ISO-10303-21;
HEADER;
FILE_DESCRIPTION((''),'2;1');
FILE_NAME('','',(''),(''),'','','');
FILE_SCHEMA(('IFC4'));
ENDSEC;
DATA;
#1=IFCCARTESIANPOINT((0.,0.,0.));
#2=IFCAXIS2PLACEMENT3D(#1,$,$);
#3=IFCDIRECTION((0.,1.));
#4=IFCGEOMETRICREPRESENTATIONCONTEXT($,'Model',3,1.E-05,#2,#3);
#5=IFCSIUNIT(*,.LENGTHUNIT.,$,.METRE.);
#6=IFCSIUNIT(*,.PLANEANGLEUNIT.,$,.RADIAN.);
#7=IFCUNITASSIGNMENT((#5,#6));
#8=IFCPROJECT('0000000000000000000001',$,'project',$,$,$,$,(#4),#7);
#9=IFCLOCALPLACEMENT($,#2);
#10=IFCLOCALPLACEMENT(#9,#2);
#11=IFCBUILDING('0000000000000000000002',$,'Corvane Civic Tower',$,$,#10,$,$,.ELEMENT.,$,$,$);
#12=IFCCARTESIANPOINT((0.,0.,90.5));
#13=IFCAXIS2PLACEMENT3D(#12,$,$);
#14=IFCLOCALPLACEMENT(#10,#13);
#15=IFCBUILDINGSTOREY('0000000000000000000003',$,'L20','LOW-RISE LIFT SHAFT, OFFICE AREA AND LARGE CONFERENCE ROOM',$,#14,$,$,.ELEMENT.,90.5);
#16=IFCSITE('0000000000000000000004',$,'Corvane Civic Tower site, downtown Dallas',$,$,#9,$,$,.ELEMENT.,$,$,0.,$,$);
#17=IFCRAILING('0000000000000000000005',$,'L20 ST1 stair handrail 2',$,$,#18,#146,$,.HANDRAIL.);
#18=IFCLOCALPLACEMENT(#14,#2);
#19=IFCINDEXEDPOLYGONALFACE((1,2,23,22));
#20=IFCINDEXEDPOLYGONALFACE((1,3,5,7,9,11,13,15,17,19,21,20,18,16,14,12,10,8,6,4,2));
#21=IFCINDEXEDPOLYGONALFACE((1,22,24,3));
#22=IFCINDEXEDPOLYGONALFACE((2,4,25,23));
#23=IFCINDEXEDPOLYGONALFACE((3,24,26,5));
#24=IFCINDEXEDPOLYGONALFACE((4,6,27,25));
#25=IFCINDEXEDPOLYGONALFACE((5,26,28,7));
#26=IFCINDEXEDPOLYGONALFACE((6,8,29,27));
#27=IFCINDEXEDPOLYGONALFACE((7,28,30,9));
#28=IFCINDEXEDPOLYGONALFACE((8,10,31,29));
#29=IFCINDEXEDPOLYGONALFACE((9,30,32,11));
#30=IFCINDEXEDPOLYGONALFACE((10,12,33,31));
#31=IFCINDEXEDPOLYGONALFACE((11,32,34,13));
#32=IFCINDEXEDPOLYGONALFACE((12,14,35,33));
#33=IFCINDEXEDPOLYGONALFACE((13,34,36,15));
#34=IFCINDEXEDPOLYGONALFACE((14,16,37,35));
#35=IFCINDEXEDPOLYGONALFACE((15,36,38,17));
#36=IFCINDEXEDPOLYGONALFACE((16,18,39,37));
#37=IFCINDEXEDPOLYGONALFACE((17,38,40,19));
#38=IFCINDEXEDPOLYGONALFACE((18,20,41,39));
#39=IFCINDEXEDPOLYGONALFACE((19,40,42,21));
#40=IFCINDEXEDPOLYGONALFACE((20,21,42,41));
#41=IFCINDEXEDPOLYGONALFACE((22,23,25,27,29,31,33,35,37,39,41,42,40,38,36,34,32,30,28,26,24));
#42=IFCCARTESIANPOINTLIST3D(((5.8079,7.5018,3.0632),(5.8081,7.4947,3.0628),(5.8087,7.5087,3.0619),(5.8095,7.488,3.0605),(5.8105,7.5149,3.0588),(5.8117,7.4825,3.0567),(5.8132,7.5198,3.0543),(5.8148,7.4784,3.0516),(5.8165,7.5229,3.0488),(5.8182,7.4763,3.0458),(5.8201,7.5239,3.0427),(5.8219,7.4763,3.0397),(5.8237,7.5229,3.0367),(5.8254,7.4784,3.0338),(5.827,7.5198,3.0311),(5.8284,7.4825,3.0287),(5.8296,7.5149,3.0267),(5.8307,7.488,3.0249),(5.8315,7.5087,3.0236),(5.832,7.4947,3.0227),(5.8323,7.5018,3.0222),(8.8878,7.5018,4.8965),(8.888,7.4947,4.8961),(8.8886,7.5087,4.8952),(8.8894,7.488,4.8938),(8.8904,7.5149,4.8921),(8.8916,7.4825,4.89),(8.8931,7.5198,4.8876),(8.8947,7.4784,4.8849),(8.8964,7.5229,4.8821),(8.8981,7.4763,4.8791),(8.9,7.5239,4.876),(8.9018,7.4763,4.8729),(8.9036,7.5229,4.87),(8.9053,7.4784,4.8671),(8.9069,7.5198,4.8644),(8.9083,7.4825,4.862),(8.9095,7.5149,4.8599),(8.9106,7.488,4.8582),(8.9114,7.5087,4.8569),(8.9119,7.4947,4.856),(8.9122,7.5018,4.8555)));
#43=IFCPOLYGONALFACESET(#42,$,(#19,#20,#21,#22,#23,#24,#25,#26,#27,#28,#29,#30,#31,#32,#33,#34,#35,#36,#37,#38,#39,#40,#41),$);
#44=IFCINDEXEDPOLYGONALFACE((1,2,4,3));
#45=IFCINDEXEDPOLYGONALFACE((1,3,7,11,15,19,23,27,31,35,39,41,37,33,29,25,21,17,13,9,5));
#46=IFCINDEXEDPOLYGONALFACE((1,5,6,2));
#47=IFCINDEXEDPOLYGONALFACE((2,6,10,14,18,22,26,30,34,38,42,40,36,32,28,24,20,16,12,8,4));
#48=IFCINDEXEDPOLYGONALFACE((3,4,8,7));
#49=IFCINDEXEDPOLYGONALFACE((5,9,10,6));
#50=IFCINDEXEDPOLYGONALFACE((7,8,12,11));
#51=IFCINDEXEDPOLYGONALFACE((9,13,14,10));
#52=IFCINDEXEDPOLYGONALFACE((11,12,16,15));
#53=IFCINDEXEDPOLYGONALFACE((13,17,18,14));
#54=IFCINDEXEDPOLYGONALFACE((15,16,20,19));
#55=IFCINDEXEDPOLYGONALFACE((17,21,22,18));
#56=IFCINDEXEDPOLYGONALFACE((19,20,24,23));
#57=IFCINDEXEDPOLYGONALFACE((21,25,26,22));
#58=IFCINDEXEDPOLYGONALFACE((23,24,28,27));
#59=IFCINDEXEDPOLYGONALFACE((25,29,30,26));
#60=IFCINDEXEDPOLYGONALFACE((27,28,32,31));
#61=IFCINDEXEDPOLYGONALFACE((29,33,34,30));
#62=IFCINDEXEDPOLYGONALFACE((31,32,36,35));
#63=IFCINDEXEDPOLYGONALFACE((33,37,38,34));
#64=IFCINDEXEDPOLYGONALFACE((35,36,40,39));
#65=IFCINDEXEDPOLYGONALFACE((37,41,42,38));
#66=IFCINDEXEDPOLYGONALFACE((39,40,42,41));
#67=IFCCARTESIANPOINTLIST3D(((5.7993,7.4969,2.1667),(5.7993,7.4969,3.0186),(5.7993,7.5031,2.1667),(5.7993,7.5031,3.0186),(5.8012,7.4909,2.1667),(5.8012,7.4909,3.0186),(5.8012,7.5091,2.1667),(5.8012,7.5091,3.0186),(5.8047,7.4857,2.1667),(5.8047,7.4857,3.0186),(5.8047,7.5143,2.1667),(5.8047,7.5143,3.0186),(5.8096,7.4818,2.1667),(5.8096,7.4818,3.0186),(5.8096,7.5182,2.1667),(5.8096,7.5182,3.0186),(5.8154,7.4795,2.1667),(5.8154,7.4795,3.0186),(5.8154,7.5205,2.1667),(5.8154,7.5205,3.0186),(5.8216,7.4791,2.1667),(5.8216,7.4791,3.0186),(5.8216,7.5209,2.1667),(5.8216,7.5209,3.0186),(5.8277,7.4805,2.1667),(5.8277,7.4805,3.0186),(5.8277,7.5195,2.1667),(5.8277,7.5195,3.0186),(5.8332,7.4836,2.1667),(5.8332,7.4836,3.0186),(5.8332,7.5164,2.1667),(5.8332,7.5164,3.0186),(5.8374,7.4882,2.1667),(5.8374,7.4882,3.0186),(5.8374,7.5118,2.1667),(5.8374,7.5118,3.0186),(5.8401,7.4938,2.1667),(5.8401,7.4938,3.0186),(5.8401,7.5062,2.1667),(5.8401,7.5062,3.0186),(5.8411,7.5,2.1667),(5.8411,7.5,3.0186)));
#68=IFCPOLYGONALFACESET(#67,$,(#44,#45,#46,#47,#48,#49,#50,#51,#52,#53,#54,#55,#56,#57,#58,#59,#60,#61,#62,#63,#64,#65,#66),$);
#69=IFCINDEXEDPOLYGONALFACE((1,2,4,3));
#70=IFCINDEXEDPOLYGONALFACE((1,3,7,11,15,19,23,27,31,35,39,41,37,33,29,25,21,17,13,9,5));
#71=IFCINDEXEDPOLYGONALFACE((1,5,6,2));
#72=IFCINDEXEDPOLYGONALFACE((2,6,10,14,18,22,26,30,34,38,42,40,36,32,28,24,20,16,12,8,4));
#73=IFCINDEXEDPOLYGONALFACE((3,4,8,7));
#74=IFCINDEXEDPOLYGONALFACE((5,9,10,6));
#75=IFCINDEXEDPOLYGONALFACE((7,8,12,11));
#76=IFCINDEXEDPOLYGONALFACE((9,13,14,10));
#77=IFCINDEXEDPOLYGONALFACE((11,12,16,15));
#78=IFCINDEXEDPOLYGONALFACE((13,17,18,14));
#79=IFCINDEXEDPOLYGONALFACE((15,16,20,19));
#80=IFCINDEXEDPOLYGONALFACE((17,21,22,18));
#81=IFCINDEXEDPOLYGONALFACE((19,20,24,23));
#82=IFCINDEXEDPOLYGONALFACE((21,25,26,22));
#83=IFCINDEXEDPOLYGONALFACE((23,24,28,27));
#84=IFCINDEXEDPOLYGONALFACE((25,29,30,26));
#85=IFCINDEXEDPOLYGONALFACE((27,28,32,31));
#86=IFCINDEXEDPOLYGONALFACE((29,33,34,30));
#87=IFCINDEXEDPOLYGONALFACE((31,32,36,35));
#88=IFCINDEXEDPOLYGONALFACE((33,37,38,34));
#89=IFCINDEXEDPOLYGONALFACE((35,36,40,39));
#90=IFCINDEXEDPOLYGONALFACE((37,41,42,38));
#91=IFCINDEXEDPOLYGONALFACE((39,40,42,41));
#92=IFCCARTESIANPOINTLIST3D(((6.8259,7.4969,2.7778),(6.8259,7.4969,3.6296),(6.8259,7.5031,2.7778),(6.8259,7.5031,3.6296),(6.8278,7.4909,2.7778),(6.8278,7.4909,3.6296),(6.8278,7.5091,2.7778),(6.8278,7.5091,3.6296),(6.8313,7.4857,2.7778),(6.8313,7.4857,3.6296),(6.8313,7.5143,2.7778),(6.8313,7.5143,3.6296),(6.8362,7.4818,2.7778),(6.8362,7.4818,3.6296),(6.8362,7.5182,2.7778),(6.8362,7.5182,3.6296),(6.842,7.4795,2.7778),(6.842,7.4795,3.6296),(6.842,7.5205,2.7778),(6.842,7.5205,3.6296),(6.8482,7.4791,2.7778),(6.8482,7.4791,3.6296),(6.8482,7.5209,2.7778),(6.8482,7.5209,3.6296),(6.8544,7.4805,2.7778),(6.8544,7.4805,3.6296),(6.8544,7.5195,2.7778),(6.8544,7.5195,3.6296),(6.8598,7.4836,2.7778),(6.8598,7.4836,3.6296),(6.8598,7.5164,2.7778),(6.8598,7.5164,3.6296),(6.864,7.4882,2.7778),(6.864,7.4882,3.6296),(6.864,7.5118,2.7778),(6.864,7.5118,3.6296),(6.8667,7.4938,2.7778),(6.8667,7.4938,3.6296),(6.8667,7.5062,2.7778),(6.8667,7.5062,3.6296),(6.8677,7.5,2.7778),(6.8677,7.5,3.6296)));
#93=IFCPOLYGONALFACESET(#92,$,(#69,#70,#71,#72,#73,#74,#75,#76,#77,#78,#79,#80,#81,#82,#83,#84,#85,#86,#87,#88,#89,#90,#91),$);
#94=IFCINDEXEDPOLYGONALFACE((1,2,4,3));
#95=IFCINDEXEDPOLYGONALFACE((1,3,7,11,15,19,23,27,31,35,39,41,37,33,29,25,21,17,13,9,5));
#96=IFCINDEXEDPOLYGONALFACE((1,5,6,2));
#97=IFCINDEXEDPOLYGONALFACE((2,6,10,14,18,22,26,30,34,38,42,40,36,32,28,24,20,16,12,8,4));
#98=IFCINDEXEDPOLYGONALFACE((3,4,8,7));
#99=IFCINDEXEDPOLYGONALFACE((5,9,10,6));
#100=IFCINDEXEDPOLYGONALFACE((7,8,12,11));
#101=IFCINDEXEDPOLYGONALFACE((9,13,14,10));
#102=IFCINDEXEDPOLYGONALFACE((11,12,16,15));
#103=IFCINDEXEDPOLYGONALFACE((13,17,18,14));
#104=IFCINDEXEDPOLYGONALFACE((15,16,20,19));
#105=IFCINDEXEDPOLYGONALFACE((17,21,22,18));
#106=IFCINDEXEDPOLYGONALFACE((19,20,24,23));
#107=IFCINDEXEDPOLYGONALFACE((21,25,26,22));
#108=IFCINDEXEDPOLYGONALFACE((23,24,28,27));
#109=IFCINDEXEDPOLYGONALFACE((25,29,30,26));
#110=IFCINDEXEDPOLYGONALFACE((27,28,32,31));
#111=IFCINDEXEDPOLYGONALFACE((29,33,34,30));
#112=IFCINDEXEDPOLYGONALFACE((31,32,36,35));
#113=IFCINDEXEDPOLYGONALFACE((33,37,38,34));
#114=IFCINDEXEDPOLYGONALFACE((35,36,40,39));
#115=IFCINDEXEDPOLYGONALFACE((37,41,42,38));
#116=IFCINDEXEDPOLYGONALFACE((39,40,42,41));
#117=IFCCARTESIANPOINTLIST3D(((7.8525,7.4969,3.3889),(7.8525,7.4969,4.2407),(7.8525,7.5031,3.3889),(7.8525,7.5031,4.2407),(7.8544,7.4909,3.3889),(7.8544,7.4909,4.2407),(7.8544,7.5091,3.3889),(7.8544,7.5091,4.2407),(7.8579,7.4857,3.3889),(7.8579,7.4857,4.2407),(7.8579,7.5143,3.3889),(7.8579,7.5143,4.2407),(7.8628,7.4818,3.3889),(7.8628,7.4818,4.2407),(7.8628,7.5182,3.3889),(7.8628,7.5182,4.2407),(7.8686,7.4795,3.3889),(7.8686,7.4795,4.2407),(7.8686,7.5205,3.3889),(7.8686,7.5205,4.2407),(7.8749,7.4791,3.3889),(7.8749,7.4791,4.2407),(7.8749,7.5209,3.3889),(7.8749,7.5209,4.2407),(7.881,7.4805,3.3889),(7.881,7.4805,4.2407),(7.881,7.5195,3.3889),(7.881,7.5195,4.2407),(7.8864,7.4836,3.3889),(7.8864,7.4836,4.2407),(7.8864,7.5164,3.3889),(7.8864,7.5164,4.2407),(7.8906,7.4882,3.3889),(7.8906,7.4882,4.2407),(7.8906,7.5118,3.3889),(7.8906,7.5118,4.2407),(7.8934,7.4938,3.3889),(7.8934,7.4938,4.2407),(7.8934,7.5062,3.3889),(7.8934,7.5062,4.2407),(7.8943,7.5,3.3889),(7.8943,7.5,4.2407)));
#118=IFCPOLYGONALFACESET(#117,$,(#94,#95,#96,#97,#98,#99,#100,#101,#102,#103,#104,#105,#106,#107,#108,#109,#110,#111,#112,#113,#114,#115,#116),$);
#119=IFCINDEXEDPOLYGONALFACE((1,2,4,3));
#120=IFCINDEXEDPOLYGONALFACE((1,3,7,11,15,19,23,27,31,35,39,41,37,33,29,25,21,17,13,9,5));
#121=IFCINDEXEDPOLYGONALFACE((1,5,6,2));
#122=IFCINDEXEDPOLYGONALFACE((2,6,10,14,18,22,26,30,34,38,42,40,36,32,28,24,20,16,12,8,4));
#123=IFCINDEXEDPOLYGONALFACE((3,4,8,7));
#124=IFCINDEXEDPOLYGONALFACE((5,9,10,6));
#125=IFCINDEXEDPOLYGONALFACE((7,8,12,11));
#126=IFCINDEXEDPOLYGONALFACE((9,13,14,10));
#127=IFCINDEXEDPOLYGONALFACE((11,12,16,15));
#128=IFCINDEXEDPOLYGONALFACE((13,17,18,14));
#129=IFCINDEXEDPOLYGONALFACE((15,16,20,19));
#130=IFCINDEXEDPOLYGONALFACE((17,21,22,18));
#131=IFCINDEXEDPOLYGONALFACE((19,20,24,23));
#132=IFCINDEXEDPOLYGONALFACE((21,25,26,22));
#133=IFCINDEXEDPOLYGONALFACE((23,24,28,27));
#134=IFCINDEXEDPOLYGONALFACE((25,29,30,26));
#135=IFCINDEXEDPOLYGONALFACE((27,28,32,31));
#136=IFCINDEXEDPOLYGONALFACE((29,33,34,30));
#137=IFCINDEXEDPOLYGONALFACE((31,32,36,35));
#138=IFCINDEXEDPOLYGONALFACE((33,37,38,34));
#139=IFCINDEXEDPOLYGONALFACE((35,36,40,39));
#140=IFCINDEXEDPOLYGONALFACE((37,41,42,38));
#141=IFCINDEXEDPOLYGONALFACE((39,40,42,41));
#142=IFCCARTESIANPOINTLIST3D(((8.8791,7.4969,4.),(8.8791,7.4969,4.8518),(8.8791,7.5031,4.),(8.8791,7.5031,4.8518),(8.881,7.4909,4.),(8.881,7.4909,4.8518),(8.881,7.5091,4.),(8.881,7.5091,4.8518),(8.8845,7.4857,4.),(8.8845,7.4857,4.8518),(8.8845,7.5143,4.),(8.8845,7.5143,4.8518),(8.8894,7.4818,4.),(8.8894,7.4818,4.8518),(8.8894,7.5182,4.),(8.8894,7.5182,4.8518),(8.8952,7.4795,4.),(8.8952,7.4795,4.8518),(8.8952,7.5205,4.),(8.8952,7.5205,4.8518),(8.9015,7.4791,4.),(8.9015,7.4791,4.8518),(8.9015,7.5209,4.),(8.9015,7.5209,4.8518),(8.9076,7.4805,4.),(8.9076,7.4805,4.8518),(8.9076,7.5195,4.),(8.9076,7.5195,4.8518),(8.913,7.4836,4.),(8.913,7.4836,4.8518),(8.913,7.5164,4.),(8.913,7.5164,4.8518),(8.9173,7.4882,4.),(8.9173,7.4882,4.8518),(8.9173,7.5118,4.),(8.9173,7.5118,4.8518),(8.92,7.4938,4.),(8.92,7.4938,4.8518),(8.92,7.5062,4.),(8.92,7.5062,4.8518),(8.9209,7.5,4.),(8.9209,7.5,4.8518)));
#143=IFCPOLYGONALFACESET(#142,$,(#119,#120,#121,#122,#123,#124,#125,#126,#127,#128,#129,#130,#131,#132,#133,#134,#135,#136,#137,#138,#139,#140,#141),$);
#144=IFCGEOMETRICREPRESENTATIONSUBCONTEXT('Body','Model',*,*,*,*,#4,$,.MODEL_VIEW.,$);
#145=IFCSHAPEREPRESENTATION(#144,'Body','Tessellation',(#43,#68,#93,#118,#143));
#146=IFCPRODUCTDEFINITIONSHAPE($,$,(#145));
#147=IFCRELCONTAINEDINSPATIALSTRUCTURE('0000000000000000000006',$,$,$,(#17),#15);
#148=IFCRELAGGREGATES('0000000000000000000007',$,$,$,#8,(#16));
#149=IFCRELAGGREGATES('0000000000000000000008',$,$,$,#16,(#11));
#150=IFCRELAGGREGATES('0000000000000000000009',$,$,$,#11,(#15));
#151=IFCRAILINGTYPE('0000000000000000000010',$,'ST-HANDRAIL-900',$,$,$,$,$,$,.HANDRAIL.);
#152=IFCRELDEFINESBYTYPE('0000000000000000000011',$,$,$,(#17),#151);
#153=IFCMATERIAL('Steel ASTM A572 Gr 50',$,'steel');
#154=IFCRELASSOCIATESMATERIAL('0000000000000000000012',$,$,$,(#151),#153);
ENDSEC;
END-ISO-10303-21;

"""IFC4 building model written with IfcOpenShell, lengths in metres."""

from ifc_helpers import new_model, si_unit, direction, frame, origin, origin_2d, place, context, subcontext, project, spatial, circle, extrude, material, type_object, element, save


model = new_model("IFC4")

# Units and contexts
model_context = context("Model", 3, precision=1e-05, world=origin(), true_north=direction((0.0, 1.0)))
body_context = subcontext(model_context, "Body", "Model", "MODEL_VIEW")
ifc_project = project(units=[si_unit("LENGTHUNIT", "METRE"), si_unit("PLANEANGLEUNIT", "RADIAN")], contexts=[model_context])

# Site, building, storey
site_placement = place(None, origin())
site = spatial("IfcSite", under=ifc_project, at=site_placement, Name="Corvane Civic Tower site, downtown Dallas", CompositionType="ELEMENT", RefElevation=0.0)
building_placement = place(site_placement, origin())
building = spatial("IfcBuilding", under=site, at=building_placement, Name="Corvane Civic Tower", CompositionType="ELEMENT")
storey_placement = place(building_placement, frame((0.0, 0.0, 90.5)))
storey = spatial("IfcBuildingStorey", under=building, at=storey_placement, Name="L20", Description="LOW-RISE LIFT SHAFT, OFFICE AREA AND LARGE CONFERENCE ROOM", CompositionType="ELEMENT", Elevation=90.5)

# Railing
ifc_material_1 = material(Name="Steel ASTM A572 Gr 50", Category="steel")
railing_type_1 = type_object("IfcRailingType", Name="ST-HANDRAIL-900", PredefinedType="HANDRAIL", material=ifc_material_1)
railing_1_placement = place(storey_placement, frame((5.8201, 7.5, 2.1667)))
element("IfcRailing", 1, at=railing_1_placement, inside=storey, type_object=railing_type_1, Name="L20 ST1 stair handrail 2", PredefinedType="HANDRAIL", context=body_context, shape_type="SweptSolid", body=[
    extrude(circle(Radius=0.0239, at=origin_2d()), frame((0.0, 0.0, 0.876), z_axis=(0.859291, 0.0, 0.511487), x_axis=(0.0, 1.0, 0.0)), (0.0, 0.0, 1.0), 3.5842),
    extrude(circle(Radius=0.021, at=origin_2d()), origin(), (0.0, 0.0, 1.0), 0.8518),
    extrude(circle(Radius=0.021, at=origin_2d()), frame((1.0266, 0.0, 0.6111)), (0.0, 0.0, 1.0), 0.8518),
    extrude(circle(Radius=0.021, at=origin_2d()), frame((2.0532, 0.0, 1.2222)), (0.0, 0.0, 1.0), 0.8518),
    extrude(circle(Radius=0.021, at=origin_2d()), frame((3.0798, 0.0, 1.8333)), (0.0, 0.0, 1.0), 0.8518),
])

save(model, "model.ifc")
